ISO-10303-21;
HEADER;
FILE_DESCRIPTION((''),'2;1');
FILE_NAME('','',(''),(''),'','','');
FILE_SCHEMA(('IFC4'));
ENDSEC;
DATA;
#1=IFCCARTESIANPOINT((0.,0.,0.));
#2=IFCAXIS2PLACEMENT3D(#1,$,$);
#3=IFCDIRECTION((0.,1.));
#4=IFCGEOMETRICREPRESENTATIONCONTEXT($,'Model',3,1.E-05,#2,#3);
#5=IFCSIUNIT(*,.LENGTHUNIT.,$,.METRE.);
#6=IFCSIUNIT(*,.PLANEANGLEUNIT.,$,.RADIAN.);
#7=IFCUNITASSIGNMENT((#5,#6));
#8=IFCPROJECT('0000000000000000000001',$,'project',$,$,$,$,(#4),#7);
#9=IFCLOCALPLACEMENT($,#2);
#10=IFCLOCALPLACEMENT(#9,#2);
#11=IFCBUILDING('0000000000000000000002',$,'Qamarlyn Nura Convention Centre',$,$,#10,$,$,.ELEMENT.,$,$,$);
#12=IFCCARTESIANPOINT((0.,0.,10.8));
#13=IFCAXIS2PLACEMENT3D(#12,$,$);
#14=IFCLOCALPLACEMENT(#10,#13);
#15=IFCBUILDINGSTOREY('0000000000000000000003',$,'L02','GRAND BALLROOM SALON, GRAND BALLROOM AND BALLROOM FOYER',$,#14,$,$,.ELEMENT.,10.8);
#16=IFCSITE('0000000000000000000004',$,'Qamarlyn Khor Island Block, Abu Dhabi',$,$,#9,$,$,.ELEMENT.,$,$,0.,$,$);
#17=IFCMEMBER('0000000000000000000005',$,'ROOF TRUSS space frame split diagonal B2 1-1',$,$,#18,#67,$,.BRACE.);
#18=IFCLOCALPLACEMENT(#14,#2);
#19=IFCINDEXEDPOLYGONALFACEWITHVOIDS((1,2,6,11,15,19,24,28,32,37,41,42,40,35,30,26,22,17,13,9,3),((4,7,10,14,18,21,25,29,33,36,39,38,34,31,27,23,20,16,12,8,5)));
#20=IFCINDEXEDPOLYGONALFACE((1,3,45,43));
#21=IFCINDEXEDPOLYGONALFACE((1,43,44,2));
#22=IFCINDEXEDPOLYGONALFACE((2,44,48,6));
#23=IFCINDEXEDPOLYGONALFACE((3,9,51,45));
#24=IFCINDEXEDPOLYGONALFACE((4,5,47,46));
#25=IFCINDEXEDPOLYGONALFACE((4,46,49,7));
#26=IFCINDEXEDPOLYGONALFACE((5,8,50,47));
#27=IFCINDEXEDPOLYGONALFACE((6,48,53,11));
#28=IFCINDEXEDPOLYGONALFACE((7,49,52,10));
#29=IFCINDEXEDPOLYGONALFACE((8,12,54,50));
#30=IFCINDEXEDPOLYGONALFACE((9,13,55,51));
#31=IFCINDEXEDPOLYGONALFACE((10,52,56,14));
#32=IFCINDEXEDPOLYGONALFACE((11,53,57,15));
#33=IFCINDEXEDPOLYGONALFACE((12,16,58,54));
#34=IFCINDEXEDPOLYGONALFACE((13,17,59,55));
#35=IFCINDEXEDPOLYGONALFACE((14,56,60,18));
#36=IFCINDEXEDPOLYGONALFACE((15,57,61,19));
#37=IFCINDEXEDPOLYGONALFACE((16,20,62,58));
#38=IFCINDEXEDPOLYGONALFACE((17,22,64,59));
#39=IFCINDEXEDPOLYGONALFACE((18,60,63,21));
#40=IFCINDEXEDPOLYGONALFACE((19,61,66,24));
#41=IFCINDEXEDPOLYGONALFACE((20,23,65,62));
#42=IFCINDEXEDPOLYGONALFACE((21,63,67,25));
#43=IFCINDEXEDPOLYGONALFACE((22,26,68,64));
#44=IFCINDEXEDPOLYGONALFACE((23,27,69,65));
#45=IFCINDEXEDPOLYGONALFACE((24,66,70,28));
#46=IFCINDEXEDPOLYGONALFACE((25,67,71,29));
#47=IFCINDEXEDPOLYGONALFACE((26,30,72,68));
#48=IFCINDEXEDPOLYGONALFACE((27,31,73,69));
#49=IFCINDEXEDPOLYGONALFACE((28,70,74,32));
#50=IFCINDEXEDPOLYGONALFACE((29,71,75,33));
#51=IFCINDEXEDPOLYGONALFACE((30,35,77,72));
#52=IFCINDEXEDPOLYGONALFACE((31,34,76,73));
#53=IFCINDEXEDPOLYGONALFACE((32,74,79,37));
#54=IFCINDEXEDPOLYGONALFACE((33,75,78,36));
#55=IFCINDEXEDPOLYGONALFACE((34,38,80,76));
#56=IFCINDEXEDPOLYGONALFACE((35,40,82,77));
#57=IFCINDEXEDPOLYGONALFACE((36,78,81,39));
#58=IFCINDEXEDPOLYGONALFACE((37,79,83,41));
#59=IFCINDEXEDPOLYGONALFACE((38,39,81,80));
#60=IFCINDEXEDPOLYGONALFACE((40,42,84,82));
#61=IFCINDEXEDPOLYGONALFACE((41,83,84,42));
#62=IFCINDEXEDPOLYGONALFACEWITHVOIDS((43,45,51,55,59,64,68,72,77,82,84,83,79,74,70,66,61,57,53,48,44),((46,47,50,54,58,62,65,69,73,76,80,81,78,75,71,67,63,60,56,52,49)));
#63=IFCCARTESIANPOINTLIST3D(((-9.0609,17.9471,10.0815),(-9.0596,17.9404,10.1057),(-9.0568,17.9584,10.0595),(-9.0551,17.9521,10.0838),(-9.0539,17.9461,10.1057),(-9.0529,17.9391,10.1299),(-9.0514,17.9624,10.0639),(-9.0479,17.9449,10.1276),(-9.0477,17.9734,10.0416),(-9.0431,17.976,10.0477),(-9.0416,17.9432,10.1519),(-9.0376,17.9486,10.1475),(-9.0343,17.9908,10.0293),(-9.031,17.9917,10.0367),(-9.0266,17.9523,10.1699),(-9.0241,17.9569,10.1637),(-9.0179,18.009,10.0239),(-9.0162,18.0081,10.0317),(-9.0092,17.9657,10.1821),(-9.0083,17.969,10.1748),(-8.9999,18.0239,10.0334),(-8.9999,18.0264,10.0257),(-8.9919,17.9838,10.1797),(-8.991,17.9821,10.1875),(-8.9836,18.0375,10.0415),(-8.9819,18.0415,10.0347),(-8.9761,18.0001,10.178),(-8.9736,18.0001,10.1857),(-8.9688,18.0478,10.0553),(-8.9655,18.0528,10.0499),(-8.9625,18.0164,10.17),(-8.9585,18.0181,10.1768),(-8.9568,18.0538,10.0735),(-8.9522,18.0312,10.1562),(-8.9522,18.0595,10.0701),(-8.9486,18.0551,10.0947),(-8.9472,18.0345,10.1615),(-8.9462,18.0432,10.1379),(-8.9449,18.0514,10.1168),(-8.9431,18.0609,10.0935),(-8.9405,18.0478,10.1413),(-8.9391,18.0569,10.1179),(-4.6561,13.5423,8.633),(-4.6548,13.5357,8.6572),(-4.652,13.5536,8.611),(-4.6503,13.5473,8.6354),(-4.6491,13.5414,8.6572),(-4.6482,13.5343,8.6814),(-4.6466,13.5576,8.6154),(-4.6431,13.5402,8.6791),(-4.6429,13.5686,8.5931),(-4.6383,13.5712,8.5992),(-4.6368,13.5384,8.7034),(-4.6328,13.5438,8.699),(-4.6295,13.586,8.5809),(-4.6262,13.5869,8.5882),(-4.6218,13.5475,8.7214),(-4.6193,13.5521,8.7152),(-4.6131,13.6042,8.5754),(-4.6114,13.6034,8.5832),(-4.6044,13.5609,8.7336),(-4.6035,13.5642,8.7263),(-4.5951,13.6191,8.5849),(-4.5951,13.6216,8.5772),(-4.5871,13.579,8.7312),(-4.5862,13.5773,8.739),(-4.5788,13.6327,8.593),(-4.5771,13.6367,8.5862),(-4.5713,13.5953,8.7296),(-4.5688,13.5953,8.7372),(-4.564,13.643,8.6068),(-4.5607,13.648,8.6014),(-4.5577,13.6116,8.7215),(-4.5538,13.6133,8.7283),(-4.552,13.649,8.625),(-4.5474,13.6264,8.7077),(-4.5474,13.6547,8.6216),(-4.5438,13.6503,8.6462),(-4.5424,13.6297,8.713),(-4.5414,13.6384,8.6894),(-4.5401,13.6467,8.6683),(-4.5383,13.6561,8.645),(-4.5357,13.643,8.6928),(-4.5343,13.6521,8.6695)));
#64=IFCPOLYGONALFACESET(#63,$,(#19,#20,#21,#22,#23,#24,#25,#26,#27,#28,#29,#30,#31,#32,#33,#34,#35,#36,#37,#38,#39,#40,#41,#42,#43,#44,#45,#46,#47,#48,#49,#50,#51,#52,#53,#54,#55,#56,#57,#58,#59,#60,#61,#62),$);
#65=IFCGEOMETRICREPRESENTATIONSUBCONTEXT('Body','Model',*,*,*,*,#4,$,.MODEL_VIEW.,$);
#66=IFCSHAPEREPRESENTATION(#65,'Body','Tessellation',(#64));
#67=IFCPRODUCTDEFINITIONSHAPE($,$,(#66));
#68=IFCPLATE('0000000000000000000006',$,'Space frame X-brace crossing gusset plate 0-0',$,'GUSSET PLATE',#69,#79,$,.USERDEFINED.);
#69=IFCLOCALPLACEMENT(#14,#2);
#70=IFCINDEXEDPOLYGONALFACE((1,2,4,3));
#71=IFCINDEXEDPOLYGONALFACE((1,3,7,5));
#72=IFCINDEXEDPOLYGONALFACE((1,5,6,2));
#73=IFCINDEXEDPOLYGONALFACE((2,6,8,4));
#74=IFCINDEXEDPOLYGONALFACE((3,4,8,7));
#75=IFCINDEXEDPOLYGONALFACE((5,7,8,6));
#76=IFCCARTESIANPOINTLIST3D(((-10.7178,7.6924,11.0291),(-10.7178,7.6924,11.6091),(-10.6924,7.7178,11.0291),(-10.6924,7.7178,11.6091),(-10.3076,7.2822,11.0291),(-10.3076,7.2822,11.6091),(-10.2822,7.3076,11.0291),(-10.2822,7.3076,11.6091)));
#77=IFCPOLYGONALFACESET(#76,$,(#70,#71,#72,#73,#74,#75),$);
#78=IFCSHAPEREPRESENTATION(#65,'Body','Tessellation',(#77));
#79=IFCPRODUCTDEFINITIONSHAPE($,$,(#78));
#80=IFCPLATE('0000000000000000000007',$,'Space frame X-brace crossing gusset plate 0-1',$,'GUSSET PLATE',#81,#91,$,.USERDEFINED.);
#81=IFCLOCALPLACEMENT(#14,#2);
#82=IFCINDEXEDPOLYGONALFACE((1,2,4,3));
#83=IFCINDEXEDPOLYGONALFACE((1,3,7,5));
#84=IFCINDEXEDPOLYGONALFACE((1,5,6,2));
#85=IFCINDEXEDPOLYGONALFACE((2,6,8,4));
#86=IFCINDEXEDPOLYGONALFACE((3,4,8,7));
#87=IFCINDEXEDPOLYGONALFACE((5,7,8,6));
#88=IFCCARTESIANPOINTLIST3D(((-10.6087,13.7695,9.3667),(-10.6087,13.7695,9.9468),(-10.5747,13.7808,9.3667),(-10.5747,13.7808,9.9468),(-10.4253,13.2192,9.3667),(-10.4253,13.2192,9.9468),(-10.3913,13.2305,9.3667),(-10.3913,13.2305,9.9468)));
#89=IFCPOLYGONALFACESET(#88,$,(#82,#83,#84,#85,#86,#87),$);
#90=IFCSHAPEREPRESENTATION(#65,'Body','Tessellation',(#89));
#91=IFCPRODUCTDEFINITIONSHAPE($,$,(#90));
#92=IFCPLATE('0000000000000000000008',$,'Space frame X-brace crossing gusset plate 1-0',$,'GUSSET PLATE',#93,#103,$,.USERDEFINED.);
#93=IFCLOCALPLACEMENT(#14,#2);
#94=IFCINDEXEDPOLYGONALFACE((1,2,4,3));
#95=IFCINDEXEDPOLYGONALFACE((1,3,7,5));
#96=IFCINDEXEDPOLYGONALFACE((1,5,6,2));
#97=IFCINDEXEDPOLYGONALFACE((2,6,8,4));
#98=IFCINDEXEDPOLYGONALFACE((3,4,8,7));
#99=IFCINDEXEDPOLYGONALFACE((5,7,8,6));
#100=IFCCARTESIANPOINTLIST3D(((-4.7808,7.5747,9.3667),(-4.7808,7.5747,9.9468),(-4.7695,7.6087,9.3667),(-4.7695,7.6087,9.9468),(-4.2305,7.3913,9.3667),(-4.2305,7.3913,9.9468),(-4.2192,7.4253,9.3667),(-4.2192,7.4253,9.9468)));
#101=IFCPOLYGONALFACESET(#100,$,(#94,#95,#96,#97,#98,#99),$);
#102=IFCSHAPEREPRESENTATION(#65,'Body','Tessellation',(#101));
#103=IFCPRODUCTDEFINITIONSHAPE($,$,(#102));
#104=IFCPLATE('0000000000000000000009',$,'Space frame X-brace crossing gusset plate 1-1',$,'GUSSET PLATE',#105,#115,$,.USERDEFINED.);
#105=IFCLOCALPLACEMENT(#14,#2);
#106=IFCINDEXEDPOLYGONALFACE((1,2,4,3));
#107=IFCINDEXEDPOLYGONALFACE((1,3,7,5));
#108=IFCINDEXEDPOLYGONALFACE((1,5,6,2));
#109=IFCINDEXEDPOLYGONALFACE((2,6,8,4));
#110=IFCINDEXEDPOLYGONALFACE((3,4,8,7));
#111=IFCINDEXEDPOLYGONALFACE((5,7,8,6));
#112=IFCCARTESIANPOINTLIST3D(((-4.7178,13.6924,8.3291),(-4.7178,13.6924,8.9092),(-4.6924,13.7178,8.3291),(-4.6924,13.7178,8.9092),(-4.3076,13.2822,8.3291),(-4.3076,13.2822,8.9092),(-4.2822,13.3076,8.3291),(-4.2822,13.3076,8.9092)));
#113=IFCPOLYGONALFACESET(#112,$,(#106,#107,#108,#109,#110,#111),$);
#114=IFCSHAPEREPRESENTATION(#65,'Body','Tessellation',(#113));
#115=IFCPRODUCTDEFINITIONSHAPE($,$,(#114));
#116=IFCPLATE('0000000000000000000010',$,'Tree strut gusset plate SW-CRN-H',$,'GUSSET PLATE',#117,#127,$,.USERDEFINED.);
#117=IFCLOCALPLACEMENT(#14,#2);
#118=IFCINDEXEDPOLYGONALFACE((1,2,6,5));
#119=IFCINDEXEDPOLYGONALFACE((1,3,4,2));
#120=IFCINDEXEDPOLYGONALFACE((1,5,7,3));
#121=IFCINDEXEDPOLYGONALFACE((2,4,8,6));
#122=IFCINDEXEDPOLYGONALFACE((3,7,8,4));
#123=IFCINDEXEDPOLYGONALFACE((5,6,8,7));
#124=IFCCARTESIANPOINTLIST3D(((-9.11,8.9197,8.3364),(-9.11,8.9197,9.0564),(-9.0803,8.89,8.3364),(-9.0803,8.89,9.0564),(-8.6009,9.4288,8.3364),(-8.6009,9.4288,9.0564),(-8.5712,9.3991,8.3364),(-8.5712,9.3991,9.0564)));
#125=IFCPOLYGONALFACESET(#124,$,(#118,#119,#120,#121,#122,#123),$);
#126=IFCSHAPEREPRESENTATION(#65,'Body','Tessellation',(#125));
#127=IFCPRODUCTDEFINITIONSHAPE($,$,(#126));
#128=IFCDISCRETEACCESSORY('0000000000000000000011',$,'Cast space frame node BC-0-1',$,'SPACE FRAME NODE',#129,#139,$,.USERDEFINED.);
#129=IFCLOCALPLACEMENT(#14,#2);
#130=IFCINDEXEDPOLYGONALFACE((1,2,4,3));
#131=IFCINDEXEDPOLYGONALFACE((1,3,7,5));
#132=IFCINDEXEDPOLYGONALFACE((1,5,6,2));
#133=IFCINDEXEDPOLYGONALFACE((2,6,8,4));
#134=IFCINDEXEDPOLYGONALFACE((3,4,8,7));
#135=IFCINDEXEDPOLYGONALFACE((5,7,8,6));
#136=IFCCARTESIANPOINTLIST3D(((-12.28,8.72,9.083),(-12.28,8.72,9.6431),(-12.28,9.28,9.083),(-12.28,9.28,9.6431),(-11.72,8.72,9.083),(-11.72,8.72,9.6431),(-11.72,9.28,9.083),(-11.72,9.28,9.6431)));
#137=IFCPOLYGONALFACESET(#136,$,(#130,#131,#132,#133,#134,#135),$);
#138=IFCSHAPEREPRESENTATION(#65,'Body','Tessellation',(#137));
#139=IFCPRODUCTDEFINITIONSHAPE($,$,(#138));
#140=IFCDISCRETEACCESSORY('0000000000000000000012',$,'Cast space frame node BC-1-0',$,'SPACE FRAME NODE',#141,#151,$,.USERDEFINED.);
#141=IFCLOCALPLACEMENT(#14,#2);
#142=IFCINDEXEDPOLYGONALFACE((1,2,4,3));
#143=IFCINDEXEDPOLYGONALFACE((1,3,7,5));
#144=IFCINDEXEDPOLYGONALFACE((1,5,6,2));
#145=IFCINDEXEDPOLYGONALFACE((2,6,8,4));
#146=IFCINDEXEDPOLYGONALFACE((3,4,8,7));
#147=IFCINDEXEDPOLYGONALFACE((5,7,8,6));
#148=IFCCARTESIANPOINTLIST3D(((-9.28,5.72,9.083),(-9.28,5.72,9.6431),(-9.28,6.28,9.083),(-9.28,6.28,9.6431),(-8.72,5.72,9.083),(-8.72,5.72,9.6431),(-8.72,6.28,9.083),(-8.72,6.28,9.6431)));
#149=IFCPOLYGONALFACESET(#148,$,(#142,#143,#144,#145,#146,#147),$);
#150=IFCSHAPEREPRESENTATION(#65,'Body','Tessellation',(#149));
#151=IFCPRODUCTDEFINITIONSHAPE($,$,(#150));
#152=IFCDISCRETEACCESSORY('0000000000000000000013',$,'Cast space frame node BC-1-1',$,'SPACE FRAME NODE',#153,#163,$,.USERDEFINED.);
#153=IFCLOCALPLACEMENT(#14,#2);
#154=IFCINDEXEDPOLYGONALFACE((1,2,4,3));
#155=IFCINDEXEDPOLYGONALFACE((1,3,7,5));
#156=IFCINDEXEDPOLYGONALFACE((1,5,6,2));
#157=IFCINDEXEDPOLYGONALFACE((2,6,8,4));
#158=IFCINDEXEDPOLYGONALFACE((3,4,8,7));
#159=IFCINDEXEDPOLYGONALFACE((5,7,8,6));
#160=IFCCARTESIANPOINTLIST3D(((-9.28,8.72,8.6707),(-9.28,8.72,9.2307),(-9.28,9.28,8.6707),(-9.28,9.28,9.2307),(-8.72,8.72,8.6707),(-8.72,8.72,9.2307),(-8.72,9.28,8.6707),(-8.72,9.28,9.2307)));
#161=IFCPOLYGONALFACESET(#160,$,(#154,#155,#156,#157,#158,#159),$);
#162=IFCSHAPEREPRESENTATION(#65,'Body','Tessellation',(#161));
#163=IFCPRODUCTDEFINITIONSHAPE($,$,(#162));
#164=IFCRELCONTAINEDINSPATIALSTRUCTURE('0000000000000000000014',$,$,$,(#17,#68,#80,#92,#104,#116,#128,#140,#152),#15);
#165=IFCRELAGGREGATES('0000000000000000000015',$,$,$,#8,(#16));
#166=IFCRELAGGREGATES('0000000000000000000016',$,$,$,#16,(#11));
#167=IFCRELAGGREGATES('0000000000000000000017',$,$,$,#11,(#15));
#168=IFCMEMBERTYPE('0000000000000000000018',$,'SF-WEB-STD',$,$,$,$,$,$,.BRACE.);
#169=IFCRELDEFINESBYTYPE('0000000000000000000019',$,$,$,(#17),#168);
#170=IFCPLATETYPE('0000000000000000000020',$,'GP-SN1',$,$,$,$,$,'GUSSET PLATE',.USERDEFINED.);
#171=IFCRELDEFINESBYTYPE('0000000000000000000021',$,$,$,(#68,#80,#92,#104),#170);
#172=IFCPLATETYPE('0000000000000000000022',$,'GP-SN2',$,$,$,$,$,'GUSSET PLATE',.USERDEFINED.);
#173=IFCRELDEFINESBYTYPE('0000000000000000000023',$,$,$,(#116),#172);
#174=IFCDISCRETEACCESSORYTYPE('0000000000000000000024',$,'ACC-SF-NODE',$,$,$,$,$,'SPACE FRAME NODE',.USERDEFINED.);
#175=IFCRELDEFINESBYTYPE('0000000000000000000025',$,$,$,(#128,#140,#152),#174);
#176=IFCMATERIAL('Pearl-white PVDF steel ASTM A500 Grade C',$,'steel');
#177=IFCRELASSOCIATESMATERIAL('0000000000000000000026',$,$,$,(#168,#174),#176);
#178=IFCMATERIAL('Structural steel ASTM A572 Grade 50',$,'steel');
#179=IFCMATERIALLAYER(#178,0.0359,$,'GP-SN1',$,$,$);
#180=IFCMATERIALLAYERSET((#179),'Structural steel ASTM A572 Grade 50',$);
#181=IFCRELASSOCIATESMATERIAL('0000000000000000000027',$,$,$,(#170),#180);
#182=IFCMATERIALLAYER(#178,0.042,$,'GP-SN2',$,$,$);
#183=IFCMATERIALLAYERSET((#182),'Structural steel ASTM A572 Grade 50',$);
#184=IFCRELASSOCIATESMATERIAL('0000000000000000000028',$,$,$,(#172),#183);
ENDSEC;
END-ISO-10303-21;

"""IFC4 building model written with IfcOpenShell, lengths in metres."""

from ifc_helpers import new_model, si_unit, direction, frame, origin, origin_2d, place, context, subcontext, project, spatial, rectangle, hollow_circle, extrude, material, layer, layer_set, material_profile, profile_set, type_object, element, save


model = new_model("IFC4")

# Units and contexts
model_context = context("Model", 3, precision=1e-05, world=origin(), true_north=direction((0.0, 1.0)))
body_context = subcontext(model_context, "Body", "Model", "MODEL_VIEW")
ifc_project = project(units=[si_unit("LENGTHUNIT", "METRE"), si_unit("PLANEANGLEUNIT", "RADIAN")], contexts=[model_context])

# Site, building, storey
site_placement = place(None, origin())
site = spatial("IfcSite", under=ifc_project, at=site_placement, Name="Qamarlyn Khor Island Block, Abu Dhabi", CompositionType="ELEMENT", RefElevation=0.0)
building_placement = place(site_placement, origin())
building = spatial("IfcBuilding", under=site, at=building_placement, Name="Qamarlyn Nura Convention Centre", CompositionType="ELEMENT")
storey_placement = place(building_placement, frame((0.0, 0.0, 10.8)))
storey = spatial("IfcBuildingStorey", under=building, at=storey_placement, Name="L02", Description="GRAND BALLROOM SALON, GRAND BALLROOM AND BALLROOM FOYER", CompositionType="ELEMENT", Elevation=10.8)

# Member
ifc_material_1 = material(Name="Pearl-white PVDF steel ASTM A500 Grade C", Category="steel")
ifc_material_profile_1 = material_profile(ifc_material_1, hollow_circle(Radius=0.0842, WallThickness=0.0081, at=origin_2d()), Name="CHS168.3X8")
ifc_profile_set_1 = profile_set([ifc_material_profile_1], Name="Pearl-white PVDF steel ASTM A500 Grade C")
member_type_1 = type_object("IfcMemberType", Name="SF-WEB-STD", PredefinedType="BRACE", material=ifc_profile_set_1)
member_1_placement = place(storey_placement, frame((-4.5952, 13.5952, 8.6572), z_axis=(-0.688732, 0.688732, 0.226485), x_axis=(-0.707107, -0.707107, 0.0)))
element("IfcMember", 1, at=member_1_placement, inside=storey, type_object=member_type_1, Name="ROOF TRUSS space frame split diagonal B2 1-1", PredefinedType="BRACE", context=body_context, shape_type="SweptSolid", body=[
    extrude(hollow_circle(Radius=0.0842, WallThickness=0.0081, at=origin_2d()), origin(), (0.0, 0.0, 1.0), 6.3955),
])

# Plates
ifc_material_2 = material(Name="Structural steel ASTM A572 Grade 50", Category="steel")
ifc_layer_1 = layer(ifc_material_2, 0.0359, Name="GP-SN1")
ifc_layer_set_1 = layer_set([ifc_layer_1], Name="Structural steel ASTM A572 Grade 50")
plate_type_1 = type_object("IfcPlateType", Name="GP-SN1", ElementType="GUSSET PLATE", PredefinedType="USERDEFINED", material=ifc_layer_set_1)
for number, where, z_axis, x_axis, name in (
    (2, (-10.5, 7.5, 11.0291), (0.0, 0.0, 1.0), (-0.707107, 0.707107, 0.0), "Space frame X-brace crossing gusset plate 0-0"),
    (3, (-10.5, 13.5, 9.3667), (0.0, 0.0, 1.0), (-0.316227, 0.948684, 0.0), "Space frame X-brace crossing gusset plate 0-1"),
    (4, (-4.5, 7.5, 9.3667), (0.0, 0.0, 1.0), (-0.948684, 0.316227, 0.0), "Space frame X-brace crossing gusset plate 1-0"),
    (5, (-4.5, 13.5, 8.3291), (0.0, 0.0, 1.0), (-0.707107, 0.707107, 0.0), "Space frame X-brace crossing gusset plate 1-1"),
):
    element("IfcPlate", number, at=place(storey_placement, frame(where, z_axis=z_axis, x_axis=x_axis)), inside=storey, type_object=plate_type_1, Name=name, ObjectType="GUSSET PLATE", PredefinedType="USERDEFINED", context=body_context, shape_type="SweptSolid", body=[
        extrude(rectangle(XDim=0.5801, YDim=0.0359, at=origin_2d()), origin(), (0.0, 0.0, 1.0), 0.5801),
    ])
ifc_layer_2 = layer(ifc_material_2, 0.042, Name="GP-SN2")
ifc_layer_set_2 = layer_set([ifc_layer_2], Name="Structural steel ASTM A572 Grade 50")
plate_type_2 = type_object("IfcPlateType", Name="GP-SN2", ElementType="GUSSET PLATE", PredefinedType="USERDEFINED", material=ifc_layer_set_2)
plate_placement = place(storey_placement, frame((-8.8406, 9.1594, 8.3364), z_axis=(0.0, 0.0, 1.0), x_axis=(0.707107, 0.707107, 0.0)))
element("IfcPlate", 6, at=plate_placement, inside=storey, type_object=plate_type_2, Name="Tree strut gusset plate SW-CRN-H", ObjectType="GUSSET PLATE", PredefinedType="USERDEFINED", context=body_context, shape_type="SweptSolid", body=[
    extrude(rectangle(XDim=0.72, YDim=0.042, at=origin_2d()), origin(), (0.0, 0.0, 1.0), 0.72),
])

# Discrete accessories
discrete_accessory_type = type_object("IfcDiscreteAccessoryType", Name="ACC-SF-NODE", ElementType="SPACE FRAME NODE", PredefinedType="USERDEFINED", material=ifc_material_1)
for number, where, z_axis, x_axis, name in (
    (7, (-12.0, 9.0, 9.083), (0.0, 0.0, 1.0), (1.0, 0.0, 0.0), "Cast space frame node BC-0-1"),
    (8, (-9.0, 6.0, 9.083), (0.0, 0.0, 1.0), (1.0, 0.0, 0.0), "Cast space frame node BC-1-0"),
    (9, (-9.0, 9.0, 8.6707), (0.0, 0.0, 1.0), (1.0, 0.0, 0.0), "Cast space frame node BC-1-1"),
):
    element("IfcDiscreteAccessory", number, at=place(storey_placement, frame(where, z_axis=z_axis, x_axis=x_axis)), inside=storey, type_object=discrete_accessory_type, Name=name, ObjectType="SPACE FRAME NODE", PredefinedType="USERDEFINED", context=body_context, shape_type="SweptSolid", body=[
        extrude(rectangle(XDim=0.5601, YDim=0.5601, at=origin_2d()), origin(), (0.0, 0.0, 1.0), 0.5601),
    ])

save(model, "model.ifc")
